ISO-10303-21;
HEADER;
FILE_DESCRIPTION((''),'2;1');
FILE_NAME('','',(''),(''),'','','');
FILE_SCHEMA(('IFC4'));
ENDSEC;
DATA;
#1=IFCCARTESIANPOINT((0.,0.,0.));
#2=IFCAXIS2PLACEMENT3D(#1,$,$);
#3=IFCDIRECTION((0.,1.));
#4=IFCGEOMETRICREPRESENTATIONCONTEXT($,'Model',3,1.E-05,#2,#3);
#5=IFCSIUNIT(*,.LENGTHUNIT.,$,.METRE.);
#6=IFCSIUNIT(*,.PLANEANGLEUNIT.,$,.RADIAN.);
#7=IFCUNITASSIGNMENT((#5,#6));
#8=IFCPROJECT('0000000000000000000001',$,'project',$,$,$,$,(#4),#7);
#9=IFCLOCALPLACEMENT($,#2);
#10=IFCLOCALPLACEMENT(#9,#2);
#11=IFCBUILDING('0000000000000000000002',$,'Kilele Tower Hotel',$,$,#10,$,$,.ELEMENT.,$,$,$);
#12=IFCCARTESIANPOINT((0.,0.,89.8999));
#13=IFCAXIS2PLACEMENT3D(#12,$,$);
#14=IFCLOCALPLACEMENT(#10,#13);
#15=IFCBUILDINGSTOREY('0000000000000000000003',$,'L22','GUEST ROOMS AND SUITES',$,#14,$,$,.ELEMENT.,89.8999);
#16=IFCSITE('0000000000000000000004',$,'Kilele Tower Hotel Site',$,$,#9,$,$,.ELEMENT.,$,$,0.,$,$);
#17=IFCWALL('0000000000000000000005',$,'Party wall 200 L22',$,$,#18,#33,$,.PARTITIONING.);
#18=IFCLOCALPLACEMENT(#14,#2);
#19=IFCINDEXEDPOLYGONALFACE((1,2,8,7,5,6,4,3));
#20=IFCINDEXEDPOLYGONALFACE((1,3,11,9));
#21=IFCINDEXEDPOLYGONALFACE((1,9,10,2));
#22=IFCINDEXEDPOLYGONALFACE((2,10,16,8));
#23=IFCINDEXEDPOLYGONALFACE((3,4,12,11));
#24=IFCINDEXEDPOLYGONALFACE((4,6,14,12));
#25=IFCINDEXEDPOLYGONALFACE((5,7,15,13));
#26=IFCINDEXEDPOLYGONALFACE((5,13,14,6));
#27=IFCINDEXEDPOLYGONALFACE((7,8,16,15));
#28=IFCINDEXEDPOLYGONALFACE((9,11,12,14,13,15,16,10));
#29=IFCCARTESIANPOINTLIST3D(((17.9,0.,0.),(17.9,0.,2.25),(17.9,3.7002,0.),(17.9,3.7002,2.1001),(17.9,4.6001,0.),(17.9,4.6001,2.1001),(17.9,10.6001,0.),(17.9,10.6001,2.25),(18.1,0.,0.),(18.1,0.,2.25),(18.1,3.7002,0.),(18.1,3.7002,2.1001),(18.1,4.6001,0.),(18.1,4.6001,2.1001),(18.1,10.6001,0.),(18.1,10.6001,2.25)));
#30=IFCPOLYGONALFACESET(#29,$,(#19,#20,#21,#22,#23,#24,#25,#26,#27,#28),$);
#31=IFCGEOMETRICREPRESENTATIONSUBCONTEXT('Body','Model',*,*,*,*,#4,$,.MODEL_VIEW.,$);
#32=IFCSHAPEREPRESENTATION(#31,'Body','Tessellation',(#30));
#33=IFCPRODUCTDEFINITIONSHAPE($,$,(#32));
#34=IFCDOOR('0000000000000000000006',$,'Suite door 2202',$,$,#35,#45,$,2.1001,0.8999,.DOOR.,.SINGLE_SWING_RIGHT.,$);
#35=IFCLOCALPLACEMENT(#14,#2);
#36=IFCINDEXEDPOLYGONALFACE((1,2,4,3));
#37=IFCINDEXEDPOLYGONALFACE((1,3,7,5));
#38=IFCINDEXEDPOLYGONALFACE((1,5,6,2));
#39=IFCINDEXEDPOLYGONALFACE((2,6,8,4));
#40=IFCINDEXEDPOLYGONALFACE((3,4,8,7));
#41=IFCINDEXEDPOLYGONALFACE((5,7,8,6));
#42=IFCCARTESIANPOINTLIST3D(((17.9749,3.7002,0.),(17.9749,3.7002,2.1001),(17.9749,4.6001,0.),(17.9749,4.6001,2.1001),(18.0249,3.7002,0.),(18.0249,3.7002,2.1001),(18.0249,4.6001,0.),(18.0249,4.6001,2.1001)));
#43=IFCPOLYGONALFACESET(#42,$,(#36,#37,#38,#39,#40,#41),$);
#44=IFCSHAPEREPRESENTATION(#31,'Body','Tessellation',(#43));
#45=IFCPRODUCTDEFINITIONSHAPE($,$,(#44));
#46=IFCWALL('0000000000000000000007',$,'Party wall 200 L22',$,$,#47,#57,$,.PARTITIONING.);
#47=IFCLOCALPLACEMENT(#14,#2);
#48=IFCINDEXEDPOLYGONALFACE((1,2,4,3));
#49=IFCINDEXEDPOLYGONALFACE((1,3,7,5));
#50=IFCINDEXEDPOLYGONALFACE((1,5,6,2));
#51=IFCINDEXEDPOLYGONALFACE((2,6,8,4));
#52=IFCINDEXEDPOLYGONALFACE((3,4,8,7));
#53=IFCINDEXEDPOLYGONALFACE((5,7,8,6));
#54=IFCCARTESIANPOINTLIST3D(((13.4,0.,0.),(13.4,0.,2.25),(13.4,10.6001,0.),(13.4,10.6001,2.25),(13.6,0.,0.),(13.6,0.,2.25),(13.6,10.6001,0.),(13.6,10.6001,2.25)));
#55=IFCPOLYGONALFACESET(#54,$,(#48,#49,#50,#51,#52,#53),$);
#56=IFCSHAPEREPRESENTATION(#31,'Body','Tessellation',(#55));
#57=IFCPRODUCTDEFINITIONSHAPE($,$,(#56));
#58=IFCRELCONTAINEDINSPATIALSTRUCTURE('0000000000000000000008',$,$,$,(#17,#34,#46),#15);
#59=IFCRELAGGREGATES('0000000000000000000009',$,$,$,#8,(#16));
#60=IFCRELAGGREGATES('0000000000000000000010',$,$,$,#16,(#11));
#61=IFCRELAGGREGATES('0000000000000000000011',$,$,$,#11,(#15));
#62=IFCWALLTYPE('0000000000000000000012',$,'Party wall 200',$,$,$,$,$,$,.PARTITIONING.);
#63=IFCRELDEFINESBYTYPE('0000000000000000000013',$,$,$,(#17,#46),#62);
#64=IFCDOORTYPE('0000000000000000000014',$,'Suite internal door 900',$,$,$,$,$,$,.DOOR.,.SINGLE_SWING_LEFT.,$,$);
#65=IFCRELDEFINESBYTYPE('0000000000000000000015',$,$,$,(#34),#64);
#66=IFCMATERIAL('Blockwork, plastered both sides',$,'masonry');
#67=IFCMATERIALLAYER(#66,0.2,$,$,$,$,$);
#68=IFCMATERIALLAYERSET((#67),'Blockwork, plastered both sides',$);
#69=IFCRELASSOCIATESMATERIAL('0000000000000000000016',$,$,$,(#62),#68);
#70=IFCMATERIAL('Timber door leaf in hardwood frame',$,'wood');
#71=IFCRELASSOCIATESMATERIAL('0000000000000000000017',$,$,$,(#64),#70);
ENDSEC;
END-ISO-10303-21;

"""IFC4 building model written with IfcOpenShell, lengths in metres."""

from ifc_helpers import new_model, si_unit, direction, frame, frame_2d, origin, place, context, subcontext, project, spatial, rectangle, extrude, material, layer, layer_set, type_object, element, fill, save


model = new_model("IFC4")

# Units and contexts
model_context = context("Model", 3, precision=1e-05, world=origin(), true_north=direction((0.0, 1.0)))
body_context = subcontext(model_context, "Body", "Model", "MODEL_VIEW")
ifc_project = project(units=[si_unit("LENGTHUNIT", "METRE"), si_unit("PLANEANGLEUNIT", "RADIAN")], contexts=[model_context])

# Site, building, storey
site_placement = place(None, origin())
site = spatial("IfcSite", under=ifc_project, at=site_placement, Name="Kilele Tower Hotel Site", CompositionType="ELEMENT", RefElevation=0.0)
building_placement = place(site_placement, origin())
building = spatial("IfcBuilding", under=site, at=building_placement, Name="Kilele Tower Hotel", CompositionType="ELEMENT")
storey_placement = place(building_placement, frame((0.0, 0.0, 89.8999)))
storey = spatial("IfcBuildingStorey", under=building, at=storey_placement, Name="L22", Description="GUEST ROOMS AND SUITES", CompositionType="ELEMENT", Elevation=89.8999)

# Wall, opening, door
ifc_material_1 = material(Name="Blockwork, plastered both sides", Category="masonry")
ifc_layer_1 = layer(ifc_material_1, 0.2)
ifc_layer_set_1 = layer_set([ifc_layer_1], Name="Blockwork, plastered both sides")
wall_type_1 = type_object("IfcWallType", Name="Party wall 200", PredefinedType="PARTITIONING", material=ifc_layer_set_1)
wall_1_placement = place(storey_placement, frame((18.0, 10.6001, 0.0), z_axis=(0.0, 0.0, 1.0), x_axis=(0.0, -1.0, 0.0)))
wall_1 = element("IfcWall", 1, at=wall_1_placement, inside=storey, type_object=wall_type_1, Name="Party wall 200 L22", PredefinedType="PARTITIONING", context=body_context, shape_type="SweptSolid", body=[
    extrude(rectangle(XDim=10.6001, YDim=0.2, at=frame_2d((5.3, 0.0))), origin(), (0.0, 0.0, 1.0), 2.25),
])
opening_1_placement = place(wall_1_placement, frame((6.0, 0.0, 0.0)))
opening_1 = element("IfcOpeningElement", 2, at=opening_1_placement, cuts=wall_1, PredefinedType="OPENING", context=body_context, shape_type="SweptSolid", body=[
    extrude(rectangle(XDim=0.8999, YDim=2.1001, at=frame_2d((0.45, 1.05))), frame((0.0, 0.1099, 0.0), z_axis=(0.0, -1.0, 0.0), x_axis=(1.0, 0.0, 0.0)), (0.0, 0.0, 1.0), 0.22),
])
ifc_material_2 = material(Name="Timber door leaf in hardwood frame", Category="wood")
door_type_1 = type_object("IfcDoorType", Name="Suite internal door 900", OperationType="SINGLE_SWING_LEFT", PredefinedType="DOOR", material=ifc_material_2)
door_1_placement = place(opening_1_placement, origin())
door_1 = element("IfcDoor", 3, at=door_1_placement, inside=storey, type_object=door_type_1, Name="Suite door 2202", OperationType="SINGLE_SWING_RIGHT", OverallHeight=2.1001, OverallWidth=0.8999, PredefinedType="DOOR", context=body_context, shape_type="SweptSolid", body=[
    extrude(rectangle(XDim=0.8999, YDim=2.1001, at=frame_2d((0.45, 1.05))), frame((0.0, 0.0249, 0.0), z_axis=(0.0, -1.0, 0.0), x_axis=(1.0, 0.0, 0.0)), (0.0, 0.0, 1.0), 0.05),
])
fill(opening_1, door_1)

# Wall
wall_2_placement = place(storey_placement, frame((13.5, 10.6001, 0.0), z_axis=(0.0, 0.0, 1.0), x_axis=(0.0, -1.0, 0.0)))
element("IfcWall", 4, at=wall_2_placement, inside=storey, type_object=wall_type_1, Name="Party wall 200 L22", PredefinedType="PARTITIONING", context=body_context, shape_type="SweptSolid", body=[
    extrude(rectangle(XDim=10.6001, YDim=0.2, at=frame_2d((5.3, 0.0))), origin(), (0.0, 0.0, 1.0), 2.25),
])

save(model, "model.ifc")
